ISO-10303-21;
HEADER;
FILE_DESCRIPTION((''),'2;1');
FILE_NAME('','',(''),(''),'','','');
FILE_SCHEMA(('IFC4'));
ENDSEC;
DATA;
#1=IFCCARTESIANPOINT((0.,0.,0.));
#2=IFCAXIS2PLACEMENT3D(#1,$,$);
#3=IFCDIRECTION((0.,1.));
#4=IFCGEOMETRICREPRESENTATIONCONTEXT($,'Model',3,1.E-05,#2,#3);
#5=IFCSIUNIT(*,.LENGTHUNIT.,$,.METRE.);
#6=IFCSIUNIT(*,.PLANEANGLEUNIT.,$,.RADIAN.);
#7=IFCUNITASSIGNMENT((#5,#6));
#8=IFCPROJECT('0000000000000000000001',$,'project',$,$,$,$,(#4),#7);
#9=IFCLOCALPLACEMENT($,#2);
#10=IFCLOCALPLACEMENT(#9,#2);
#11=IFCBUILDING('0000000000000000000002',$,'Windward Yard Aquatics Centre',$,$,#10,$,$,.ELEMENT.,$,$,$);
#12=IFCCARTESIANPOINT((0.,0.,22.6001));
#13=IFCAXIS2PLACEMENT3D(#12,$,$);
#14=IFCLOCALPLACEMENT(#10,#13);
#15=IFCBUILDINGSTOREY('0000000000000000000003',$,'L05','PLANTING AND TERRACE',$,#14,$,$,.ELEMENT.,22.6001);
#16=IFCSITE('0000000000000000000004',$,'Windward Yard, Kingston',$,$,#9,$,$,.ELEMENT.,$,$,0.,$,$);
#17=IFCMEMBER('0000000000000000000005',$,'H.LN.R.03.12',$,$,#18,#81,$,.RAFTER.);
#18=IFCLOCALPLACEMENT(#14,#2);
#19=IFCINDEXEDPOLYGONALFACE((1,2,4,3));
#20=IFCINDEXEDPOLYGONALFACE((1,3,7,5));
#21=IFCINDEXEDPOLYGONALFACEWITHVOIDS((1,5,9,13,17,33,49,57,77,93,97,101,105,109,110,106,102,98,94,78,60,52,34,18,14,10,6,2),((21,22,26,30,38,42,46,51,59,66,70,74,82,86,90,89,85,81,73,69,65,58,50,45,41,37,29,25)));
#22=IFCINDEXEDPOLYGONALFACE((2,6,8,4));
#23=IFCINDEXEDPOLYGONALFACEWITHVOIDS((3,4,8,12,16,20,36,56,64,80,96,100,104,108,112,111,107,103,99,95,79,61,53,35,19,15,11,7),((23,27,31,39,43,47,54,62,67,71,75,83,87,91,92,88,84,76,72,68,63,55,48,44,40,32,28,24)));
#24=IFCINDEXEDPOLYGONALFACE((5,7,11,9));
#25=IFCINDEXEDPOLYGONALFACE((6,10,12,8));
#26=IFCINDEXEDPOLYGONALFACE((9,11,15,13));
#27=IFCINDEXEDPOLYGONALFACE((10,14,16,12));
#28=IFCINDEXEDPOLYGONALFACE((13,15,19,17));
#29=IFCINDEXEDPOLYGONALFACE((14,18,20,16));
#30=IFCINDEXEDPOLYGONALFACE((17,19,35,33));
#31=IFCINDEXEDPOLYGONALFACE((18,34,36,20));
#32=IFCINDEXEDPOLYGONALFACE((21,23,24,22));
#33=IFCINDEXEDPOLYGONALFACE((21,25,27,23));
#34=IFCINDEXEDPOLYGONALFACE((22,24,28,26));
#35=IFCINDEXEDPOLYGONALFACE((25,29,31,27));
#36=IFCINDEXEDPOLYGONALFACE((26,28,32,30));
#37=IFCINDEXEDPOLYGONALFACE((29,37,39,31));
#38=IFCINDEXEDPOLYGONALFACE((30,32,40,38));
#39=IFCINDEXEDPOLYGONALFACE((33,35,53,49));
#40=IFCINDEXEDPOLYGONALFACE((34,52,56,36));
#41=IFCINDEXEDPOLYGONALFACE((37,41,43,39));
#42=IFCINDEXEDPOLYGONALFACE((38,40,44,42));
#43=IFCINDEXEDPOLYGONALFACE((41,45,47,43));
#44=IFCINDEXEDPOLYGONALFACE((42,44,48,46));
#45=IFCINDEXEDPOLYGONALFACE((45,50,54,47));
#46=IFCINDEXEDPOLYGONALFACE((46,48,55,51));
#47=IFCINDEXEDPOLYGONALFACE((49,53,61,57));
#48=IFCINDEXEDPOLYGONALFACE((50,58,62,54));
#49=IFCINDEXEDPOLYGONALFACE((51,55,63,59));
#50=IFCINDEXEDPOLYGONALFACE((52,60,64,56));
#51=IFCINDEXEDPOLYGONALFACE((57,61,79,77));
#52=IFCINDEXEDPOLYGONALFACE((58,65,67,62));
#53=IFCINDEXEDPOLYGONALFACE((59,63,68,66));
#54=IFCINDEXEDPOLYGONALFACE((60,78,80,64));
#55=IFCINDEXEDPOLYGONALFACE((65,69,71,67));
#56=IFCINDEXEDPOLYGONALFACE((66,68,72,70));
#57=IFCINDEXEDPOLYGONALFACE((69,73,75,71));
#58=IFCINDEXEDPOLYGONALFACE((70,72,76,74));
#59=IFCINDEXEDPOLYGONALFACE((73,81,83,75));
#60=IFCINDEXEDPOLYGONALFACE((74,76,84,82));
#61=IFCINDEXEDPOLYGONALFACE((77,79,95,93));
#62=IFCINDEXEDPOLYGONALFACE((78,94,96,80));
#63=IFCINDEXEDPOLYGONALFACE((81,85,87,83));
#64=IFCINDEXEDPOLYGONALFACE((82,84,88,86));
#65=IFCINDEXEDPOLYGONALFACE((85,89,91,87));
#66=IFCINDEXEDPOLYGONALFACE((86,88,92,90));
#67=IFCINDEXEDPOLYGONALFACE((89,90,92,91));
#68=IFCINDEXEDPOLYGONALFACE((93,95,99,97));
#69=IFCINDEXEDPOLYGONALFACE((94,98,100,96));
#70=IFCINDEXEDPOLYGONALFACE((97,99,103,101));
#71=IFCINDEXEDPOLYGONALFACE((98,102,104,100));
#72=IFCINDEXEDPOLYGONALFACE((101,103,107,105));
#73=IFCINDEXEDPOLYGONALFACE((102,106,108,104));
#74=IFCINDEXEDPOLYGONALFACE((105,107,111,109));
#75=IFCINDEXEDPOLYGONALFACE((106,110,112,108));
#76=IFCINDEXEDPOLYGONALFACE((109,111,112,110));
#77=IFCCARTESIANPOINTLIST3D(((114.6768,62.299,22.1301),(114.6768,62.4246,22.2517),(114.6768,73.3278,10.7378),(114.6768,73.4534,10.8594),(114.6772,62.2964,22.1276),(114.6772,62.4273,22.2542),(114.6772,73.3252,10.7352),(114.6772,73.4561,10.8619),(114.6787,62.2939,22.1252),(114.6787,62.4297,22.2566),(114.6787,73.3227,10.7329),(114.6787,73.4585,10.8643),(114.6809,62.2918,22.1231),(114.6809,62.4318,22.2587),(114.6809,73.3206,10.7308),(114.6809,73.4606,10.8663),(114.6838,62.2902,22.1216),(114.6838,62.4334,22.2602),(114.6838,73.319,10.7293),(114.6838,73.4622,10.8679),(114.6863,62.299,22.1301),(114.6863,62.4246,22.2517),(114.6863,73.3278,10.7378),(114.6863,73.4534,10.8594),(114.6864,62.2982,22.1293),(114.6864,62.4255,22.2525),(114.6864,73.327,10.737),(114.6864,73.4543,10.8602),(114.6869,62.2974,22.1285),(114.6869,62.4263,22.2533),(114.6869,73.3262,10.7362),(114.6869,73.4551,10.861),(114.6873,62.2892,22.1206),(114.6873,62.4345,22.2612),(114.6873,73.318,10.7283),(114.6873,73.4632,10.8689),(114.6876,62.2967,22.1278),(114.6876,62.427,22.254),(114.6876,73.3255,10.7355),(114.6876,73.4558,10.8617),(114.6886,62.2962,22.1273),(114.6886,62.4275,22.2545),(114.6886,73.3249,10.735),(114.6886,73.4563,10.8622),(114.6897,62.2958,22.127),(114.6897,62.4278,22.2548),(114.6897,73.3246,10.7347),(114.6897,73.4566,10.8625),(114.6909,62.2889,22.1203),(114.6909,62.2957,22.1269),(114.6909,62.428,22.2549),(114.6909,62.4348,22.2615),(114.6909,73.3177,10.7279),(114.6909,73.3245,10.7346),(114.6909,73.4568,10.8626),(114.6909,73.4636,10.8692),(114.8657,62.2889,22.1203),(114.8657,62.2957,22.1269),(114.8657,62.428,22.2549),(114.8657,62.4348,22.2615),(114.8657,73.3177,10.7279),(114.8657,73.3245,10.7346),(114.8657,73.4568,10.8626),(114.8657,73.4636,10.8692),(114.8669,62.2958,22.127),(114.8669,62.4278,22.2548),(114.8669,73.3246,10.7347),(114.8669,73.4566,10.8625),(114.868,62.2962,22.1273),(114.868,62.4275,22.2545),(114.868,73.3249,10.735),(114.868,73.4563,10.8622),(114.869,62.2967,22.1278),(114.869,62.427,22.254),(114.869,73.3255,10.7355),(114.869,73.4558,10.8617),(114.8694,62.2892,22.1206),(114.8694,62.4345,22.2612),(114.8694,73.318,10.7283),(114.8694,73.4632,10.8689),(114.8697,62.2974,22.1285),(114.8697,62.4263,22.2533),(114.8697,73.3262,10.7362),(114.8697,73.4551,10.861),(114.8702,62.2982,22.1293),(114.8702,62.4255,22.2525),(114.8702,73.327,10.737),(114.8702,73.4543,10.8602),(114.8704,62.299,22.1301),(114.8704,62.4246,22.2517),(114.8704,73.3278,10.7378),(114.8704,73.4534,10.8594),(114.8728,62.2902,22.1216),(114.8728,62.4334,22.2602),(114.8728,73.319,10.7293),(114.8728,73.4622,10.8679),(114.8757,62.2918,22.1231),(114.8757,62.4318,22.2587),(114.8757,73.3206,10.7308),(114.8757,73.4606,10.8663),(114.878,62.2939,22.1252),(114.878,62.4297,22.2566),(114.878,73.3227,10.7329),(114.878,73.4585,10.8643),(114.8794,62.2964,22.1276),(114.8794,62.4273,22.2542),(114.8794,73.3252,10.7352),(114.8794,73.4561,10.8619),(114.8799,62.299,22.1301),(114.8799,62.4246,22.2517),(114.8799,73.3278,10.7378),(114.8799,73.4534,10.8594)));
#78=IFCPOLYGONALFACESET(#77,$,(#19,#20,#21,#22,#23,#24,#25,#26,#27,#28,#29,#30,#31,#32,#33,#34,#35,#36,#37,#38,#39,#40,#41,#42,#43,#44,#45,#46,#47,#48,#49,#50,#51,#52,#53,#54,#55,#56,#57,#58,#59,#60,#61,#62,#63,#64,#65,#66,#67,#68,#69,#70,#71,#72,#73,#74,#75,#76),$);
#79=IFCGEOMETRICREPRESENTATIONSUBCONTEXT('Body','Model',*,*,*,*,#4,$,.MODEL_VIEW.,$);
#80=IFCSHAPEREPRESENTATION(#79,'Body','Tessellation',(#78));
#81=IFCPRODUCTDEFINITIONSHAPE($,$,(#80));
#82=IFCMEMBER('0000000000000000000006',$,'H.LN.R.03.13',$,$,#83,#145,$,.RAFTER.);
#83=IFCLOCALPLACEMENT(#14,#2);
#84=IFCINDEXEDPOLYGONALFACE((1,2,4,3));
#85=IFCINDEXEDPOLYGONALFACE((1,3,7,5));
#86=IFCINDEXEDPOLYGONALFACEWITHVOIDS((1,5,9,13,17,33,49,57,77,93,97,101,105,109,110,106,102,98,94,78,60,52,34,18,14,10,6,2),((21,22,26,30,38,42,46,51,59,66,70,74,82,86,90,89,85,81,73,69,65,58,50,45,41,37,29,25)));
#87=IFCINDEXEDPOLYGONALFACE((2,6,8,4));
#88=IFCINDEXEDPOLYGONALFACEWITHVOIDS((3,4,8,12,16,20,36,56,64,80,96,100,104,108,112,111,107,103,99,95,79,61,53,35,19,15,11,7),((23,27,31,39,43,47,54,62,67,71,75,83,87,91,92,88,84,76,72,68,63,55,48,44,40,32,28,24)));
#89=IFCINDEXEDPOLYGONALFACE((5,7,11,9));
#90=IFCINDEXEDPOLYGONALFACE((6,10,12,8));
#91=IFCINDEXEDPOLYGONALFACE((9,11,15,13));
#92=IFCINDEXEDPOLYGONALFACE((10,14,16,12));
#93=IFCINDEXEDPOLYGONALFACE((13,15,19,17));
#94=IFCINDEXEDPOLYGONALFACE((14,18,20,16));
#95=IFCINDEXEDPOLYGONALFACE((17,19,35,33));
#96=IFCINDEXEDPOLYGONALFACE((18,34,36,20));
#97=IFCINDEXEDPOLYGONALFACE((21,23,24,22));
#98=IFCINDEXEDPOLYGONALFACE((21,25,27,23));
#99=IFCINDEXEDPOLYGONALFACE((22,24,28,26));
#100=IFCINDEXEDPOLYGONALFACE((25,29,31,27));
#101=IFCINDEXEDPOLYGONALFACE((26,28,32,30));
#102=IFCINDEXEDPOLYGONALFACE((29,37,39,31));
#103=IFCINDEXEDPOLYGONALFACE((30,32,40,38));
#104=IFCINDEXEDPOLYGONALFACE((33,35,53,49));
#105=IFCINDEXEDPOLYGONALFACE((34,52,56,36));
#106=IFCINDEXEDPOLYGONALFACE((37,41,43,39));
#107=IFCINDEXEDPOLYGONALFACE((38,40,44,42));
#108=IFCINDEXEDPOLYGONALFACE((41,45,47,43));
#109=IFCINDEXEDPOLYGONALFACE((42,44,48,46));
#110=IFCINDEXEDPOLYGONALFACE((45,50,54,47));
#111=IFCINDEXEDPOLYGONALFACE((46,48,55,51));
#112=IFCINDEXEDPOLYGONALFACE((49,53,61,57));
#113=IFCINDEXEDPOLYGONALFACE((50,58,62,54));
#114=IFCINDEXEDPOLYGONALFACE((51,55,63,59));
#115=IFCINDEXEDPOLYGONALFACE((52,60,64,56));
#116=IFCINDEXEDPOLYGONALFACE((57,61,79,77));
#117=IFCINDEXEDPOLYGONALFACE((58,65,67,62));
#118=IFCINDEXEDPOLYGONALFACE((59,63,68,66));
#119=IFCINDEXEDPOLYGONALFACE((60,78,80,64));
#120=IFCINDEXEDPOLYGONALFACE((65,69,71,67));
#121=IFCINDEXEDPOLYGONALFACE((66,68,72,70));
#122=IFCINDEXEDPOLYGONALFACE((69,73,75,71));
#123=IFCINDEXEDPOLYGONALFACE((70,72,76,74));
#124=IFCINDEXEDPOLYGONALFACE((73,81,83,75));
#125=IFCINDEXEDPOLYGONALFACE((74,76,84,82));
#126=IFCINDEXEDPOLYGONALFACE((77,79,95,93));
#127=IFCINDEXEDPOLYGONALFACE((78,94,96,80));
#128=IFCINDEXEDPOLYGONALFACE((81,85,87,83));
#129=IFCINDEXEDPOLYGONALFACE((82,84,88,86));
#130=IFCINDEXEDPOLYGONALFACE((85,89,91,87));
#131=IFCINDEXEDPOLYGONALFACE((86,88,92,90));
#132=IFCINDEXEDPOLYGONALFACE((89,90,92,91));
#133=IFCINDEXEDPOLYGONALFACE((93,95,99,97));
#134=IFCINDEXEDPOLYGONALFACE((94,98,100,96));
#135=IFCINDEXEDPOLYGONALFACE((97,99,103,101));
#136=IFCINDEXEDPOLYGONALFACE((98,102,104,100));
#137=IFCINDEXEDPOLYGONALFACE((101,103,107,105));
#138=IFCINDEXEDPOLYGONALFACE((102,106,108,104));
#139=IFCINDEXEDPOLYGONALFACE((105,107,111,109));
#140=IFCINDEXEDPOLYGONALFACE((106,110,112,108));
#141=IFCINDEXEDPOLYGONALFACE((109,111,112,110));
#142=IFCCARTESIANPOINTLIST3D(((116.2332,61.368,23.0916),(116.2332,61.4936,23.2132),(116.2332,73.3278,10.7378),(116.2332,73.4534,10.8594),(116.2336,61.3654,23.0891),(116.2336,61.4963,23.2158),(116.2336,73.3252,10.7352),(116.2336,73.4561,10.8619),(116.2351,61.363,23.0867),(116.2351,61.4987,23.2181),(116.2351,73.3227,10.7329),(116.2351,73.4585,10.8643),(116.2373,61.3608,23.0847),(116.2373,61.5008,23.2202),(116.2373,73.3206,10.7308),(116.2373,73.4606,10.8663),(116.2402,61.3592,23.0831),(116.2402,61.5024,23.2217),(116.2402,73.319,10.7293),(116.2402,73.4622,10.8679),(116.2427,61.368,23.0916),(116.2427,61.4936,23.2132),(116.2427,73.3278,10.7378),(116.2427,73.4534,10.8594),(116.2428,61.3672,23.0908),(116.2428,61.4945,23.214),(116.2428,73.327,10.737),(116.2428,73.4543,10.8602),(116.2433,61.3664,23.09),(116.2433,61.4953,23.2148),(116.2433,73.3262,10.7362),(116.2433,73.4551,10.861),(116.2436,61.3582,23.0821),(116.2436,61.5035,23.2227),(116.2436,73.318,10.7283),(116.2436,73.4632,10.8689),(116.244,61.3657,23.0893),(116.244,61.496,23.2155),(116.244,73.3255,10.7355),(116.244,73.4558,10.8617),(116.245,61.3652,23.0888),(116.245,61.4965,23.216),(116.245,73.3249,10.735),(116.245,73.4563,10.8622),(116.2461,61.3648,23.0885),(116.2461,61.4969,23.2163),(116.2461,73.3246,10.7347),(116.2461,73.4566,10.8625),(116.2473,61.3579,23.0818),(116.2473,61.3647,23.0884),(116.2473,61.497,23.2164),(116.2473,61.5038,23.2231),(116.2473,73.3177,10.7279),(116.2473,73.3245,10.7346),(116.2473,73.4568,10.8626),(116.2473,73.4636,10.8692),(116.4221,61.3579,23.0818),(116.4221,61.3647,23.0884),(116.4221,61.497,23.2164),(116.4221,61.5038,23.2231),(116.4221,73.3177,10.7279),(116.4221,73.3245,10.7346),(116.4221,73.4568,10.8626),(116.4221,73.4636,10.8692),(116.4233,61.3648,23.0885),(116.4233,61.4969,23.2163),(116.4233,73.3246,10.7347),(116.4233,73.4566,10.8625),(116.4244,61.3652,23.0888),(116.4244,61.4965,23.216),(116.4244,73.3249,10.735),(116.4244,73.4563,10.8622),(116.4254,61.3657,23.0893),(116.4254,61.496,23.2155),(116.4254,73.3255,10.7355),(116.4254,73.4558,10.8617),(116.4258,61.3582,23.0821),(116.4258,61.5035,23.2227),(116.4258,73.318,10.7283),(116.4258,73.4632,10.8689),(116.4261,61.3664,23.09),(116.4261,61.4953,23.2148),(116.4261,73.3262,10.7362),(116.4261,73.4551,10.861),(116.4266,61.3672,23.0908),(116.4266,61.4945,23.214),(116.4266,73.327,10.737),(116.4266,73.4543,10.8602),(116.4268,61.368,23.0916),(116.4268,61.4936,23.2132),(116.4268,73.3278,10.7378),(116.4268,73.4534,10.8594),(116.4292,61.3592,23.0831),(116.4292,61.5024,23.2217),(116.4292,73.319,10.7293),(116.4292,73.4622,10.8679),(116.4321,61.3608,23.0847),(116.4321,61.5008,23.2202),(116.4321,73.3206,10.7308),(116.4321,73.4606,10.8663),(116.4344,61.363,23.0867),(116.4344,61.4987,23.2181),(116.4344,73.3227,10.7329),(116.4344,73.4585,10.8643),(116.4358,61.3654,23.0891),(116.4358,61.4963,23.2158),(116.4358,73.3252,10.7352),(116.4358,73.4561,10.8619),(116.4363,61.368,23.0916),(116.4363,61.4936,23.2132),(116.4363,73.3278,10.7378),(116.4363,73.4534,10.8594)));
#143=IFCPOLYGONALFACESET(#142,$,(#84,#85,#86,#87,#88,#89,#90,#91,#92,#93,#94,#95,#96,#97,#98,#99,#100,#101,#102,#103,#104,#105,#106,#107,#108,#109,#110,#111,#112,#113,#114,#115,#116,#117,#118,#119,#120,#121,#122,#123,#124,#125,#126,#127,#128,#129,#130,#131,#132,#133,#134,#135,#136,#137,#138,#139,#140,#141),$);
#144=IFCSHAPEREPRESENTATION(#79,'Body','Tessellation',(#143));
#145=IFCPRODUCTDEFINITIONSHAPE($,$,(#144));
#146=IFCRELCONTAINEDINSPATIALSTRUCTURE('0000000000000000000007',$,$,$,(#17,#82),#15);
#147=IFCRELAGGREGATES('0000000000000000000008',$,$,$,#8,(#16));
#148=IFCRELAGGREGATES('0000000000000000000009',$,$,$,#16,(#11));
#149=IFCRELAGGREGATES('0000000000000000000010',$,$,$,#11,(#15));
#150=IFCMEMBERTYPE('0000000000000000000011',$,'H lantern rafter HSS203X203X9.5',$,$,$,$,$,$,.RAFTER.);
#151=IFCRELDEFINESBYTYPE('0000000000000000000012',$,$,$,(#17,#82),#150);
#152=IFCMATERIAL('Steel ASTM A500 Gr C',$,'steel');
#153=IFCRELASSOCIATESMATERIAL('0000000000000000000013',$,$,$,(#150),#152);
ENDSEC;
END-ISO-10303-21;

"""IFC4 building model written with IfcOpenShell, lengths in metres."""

from ifc_helpers import new_model, si_unit, direction, frame, origin, origin_2d, place, context, subcontext, project, spatial, hollow_rectangle, extrude, material, material_profile, profile_set, type_object, element, save


model = new_model("IFC4")

# Units and contexts
model_context = context("Model", 3, precision=1e-05, world=origin(), true_north=direction((0.0, 1.0)))
body_context = subcontext(model_context, "Body", "Model", "MODEL_VIEW")
ifc_project = project(units=[si_unit("LENGTHUNIT", "METRE"), si_unit("PLANEANGLEUNIT", "RADIAN")], contexts=[model_context])

# Site, building, storey
site_placement = place(None, origin())
site = spatial("IfcSite", under=ifc_project, at=site_placement, Name="Windward Yard, Kingston", CompositionType="ELEMENT", RefElevation=0.0)
building_placement = place(site_placement, origin())
building = spatial("IfcBuilding", under=site, at=building_placement, Name="Windward Yard Aquatics Centre", CompositionType="ELEMENT")
storey_placement = place(building_placement, frame((0.0, 0.0, 22.6001)))
storey = spatial("IfcBuildingStorey", under=building, at=storey_placement, Name="L05", Description="PLANTING AND TERRACE", CompositionType="ELEMENT", Elevation=22.6001)

# Members
ifc_material_1 = material(Name="Steel ASTM A500 Gr C", Category="steel")
ifc_material_profile_1 = material_profile(ifc_material_1, hollow_rectangle(XDim=0.2031, YDim=0.2031, WallThickness=0.0095, InnerFilletRadius=0.0046, OuterFilletRadius=0.0142, at=origin_2d()), Name="HSS203X203X9.5")
ifc_profile_set_1 = profile_set([ifc_material_profile_1], Name="Steel ASTM A500 Gr C")
member_type_1 = type_object("IfcMemberType", Name="H lantern rafter HSS203X203X9.5", PredefinedType="RAFTER", material=ifc_profile_set_1)
member_1_placement = place(storey_placement, frame((114.7783, 73.3906, 10.7986), z_axis=(0.0, -0.695551, 0.718477), x_axis=(1.0, 0.0, 0.0)))
element("IfcMember", 1, at=member_1_placement, inside=storey, type_object=member_type_1, Name="H.LN.R.03.12", PredefinedType="RAFTER", context=body_context, shape_type="SweptSolid", body=[
    extrude(hollow_rectangle(XDim=0.2031, YDim=0.2031, WallThickness=0.0095, InnerFilletRadius=0.0046, OuterFilletRadius=0.0142, at=origin_2d()), origin(), (0.0, 0.0, 1.0), 15.8562),
])
member_2_placement = place(storey_placement, frame((116.3347, 73.3906, 10.7986), z_axis=(0.0, -0.695556, 0.718472), x_axis=(1.0, 0.0, 0.0)))
element("IfcMember", 2, at=member_2_placement, inside=storey, type_object=member_type_1, Name="H.LN.R.03.13", PredefinedType="RAFTER", context=body_context, shape_type="SweptSolid", body=[
    extrude(hollow_rectangle(XDim=0.2031, YDim=0.2031, WallThickness=0.0095, InnerFilletRadius=0.0046, OuterFilletRadius=0.0142, at=origin_2d()), origin(), (0.0, 0.0, 1.0), 17.1946),
])

save(model, "model.ifc")
